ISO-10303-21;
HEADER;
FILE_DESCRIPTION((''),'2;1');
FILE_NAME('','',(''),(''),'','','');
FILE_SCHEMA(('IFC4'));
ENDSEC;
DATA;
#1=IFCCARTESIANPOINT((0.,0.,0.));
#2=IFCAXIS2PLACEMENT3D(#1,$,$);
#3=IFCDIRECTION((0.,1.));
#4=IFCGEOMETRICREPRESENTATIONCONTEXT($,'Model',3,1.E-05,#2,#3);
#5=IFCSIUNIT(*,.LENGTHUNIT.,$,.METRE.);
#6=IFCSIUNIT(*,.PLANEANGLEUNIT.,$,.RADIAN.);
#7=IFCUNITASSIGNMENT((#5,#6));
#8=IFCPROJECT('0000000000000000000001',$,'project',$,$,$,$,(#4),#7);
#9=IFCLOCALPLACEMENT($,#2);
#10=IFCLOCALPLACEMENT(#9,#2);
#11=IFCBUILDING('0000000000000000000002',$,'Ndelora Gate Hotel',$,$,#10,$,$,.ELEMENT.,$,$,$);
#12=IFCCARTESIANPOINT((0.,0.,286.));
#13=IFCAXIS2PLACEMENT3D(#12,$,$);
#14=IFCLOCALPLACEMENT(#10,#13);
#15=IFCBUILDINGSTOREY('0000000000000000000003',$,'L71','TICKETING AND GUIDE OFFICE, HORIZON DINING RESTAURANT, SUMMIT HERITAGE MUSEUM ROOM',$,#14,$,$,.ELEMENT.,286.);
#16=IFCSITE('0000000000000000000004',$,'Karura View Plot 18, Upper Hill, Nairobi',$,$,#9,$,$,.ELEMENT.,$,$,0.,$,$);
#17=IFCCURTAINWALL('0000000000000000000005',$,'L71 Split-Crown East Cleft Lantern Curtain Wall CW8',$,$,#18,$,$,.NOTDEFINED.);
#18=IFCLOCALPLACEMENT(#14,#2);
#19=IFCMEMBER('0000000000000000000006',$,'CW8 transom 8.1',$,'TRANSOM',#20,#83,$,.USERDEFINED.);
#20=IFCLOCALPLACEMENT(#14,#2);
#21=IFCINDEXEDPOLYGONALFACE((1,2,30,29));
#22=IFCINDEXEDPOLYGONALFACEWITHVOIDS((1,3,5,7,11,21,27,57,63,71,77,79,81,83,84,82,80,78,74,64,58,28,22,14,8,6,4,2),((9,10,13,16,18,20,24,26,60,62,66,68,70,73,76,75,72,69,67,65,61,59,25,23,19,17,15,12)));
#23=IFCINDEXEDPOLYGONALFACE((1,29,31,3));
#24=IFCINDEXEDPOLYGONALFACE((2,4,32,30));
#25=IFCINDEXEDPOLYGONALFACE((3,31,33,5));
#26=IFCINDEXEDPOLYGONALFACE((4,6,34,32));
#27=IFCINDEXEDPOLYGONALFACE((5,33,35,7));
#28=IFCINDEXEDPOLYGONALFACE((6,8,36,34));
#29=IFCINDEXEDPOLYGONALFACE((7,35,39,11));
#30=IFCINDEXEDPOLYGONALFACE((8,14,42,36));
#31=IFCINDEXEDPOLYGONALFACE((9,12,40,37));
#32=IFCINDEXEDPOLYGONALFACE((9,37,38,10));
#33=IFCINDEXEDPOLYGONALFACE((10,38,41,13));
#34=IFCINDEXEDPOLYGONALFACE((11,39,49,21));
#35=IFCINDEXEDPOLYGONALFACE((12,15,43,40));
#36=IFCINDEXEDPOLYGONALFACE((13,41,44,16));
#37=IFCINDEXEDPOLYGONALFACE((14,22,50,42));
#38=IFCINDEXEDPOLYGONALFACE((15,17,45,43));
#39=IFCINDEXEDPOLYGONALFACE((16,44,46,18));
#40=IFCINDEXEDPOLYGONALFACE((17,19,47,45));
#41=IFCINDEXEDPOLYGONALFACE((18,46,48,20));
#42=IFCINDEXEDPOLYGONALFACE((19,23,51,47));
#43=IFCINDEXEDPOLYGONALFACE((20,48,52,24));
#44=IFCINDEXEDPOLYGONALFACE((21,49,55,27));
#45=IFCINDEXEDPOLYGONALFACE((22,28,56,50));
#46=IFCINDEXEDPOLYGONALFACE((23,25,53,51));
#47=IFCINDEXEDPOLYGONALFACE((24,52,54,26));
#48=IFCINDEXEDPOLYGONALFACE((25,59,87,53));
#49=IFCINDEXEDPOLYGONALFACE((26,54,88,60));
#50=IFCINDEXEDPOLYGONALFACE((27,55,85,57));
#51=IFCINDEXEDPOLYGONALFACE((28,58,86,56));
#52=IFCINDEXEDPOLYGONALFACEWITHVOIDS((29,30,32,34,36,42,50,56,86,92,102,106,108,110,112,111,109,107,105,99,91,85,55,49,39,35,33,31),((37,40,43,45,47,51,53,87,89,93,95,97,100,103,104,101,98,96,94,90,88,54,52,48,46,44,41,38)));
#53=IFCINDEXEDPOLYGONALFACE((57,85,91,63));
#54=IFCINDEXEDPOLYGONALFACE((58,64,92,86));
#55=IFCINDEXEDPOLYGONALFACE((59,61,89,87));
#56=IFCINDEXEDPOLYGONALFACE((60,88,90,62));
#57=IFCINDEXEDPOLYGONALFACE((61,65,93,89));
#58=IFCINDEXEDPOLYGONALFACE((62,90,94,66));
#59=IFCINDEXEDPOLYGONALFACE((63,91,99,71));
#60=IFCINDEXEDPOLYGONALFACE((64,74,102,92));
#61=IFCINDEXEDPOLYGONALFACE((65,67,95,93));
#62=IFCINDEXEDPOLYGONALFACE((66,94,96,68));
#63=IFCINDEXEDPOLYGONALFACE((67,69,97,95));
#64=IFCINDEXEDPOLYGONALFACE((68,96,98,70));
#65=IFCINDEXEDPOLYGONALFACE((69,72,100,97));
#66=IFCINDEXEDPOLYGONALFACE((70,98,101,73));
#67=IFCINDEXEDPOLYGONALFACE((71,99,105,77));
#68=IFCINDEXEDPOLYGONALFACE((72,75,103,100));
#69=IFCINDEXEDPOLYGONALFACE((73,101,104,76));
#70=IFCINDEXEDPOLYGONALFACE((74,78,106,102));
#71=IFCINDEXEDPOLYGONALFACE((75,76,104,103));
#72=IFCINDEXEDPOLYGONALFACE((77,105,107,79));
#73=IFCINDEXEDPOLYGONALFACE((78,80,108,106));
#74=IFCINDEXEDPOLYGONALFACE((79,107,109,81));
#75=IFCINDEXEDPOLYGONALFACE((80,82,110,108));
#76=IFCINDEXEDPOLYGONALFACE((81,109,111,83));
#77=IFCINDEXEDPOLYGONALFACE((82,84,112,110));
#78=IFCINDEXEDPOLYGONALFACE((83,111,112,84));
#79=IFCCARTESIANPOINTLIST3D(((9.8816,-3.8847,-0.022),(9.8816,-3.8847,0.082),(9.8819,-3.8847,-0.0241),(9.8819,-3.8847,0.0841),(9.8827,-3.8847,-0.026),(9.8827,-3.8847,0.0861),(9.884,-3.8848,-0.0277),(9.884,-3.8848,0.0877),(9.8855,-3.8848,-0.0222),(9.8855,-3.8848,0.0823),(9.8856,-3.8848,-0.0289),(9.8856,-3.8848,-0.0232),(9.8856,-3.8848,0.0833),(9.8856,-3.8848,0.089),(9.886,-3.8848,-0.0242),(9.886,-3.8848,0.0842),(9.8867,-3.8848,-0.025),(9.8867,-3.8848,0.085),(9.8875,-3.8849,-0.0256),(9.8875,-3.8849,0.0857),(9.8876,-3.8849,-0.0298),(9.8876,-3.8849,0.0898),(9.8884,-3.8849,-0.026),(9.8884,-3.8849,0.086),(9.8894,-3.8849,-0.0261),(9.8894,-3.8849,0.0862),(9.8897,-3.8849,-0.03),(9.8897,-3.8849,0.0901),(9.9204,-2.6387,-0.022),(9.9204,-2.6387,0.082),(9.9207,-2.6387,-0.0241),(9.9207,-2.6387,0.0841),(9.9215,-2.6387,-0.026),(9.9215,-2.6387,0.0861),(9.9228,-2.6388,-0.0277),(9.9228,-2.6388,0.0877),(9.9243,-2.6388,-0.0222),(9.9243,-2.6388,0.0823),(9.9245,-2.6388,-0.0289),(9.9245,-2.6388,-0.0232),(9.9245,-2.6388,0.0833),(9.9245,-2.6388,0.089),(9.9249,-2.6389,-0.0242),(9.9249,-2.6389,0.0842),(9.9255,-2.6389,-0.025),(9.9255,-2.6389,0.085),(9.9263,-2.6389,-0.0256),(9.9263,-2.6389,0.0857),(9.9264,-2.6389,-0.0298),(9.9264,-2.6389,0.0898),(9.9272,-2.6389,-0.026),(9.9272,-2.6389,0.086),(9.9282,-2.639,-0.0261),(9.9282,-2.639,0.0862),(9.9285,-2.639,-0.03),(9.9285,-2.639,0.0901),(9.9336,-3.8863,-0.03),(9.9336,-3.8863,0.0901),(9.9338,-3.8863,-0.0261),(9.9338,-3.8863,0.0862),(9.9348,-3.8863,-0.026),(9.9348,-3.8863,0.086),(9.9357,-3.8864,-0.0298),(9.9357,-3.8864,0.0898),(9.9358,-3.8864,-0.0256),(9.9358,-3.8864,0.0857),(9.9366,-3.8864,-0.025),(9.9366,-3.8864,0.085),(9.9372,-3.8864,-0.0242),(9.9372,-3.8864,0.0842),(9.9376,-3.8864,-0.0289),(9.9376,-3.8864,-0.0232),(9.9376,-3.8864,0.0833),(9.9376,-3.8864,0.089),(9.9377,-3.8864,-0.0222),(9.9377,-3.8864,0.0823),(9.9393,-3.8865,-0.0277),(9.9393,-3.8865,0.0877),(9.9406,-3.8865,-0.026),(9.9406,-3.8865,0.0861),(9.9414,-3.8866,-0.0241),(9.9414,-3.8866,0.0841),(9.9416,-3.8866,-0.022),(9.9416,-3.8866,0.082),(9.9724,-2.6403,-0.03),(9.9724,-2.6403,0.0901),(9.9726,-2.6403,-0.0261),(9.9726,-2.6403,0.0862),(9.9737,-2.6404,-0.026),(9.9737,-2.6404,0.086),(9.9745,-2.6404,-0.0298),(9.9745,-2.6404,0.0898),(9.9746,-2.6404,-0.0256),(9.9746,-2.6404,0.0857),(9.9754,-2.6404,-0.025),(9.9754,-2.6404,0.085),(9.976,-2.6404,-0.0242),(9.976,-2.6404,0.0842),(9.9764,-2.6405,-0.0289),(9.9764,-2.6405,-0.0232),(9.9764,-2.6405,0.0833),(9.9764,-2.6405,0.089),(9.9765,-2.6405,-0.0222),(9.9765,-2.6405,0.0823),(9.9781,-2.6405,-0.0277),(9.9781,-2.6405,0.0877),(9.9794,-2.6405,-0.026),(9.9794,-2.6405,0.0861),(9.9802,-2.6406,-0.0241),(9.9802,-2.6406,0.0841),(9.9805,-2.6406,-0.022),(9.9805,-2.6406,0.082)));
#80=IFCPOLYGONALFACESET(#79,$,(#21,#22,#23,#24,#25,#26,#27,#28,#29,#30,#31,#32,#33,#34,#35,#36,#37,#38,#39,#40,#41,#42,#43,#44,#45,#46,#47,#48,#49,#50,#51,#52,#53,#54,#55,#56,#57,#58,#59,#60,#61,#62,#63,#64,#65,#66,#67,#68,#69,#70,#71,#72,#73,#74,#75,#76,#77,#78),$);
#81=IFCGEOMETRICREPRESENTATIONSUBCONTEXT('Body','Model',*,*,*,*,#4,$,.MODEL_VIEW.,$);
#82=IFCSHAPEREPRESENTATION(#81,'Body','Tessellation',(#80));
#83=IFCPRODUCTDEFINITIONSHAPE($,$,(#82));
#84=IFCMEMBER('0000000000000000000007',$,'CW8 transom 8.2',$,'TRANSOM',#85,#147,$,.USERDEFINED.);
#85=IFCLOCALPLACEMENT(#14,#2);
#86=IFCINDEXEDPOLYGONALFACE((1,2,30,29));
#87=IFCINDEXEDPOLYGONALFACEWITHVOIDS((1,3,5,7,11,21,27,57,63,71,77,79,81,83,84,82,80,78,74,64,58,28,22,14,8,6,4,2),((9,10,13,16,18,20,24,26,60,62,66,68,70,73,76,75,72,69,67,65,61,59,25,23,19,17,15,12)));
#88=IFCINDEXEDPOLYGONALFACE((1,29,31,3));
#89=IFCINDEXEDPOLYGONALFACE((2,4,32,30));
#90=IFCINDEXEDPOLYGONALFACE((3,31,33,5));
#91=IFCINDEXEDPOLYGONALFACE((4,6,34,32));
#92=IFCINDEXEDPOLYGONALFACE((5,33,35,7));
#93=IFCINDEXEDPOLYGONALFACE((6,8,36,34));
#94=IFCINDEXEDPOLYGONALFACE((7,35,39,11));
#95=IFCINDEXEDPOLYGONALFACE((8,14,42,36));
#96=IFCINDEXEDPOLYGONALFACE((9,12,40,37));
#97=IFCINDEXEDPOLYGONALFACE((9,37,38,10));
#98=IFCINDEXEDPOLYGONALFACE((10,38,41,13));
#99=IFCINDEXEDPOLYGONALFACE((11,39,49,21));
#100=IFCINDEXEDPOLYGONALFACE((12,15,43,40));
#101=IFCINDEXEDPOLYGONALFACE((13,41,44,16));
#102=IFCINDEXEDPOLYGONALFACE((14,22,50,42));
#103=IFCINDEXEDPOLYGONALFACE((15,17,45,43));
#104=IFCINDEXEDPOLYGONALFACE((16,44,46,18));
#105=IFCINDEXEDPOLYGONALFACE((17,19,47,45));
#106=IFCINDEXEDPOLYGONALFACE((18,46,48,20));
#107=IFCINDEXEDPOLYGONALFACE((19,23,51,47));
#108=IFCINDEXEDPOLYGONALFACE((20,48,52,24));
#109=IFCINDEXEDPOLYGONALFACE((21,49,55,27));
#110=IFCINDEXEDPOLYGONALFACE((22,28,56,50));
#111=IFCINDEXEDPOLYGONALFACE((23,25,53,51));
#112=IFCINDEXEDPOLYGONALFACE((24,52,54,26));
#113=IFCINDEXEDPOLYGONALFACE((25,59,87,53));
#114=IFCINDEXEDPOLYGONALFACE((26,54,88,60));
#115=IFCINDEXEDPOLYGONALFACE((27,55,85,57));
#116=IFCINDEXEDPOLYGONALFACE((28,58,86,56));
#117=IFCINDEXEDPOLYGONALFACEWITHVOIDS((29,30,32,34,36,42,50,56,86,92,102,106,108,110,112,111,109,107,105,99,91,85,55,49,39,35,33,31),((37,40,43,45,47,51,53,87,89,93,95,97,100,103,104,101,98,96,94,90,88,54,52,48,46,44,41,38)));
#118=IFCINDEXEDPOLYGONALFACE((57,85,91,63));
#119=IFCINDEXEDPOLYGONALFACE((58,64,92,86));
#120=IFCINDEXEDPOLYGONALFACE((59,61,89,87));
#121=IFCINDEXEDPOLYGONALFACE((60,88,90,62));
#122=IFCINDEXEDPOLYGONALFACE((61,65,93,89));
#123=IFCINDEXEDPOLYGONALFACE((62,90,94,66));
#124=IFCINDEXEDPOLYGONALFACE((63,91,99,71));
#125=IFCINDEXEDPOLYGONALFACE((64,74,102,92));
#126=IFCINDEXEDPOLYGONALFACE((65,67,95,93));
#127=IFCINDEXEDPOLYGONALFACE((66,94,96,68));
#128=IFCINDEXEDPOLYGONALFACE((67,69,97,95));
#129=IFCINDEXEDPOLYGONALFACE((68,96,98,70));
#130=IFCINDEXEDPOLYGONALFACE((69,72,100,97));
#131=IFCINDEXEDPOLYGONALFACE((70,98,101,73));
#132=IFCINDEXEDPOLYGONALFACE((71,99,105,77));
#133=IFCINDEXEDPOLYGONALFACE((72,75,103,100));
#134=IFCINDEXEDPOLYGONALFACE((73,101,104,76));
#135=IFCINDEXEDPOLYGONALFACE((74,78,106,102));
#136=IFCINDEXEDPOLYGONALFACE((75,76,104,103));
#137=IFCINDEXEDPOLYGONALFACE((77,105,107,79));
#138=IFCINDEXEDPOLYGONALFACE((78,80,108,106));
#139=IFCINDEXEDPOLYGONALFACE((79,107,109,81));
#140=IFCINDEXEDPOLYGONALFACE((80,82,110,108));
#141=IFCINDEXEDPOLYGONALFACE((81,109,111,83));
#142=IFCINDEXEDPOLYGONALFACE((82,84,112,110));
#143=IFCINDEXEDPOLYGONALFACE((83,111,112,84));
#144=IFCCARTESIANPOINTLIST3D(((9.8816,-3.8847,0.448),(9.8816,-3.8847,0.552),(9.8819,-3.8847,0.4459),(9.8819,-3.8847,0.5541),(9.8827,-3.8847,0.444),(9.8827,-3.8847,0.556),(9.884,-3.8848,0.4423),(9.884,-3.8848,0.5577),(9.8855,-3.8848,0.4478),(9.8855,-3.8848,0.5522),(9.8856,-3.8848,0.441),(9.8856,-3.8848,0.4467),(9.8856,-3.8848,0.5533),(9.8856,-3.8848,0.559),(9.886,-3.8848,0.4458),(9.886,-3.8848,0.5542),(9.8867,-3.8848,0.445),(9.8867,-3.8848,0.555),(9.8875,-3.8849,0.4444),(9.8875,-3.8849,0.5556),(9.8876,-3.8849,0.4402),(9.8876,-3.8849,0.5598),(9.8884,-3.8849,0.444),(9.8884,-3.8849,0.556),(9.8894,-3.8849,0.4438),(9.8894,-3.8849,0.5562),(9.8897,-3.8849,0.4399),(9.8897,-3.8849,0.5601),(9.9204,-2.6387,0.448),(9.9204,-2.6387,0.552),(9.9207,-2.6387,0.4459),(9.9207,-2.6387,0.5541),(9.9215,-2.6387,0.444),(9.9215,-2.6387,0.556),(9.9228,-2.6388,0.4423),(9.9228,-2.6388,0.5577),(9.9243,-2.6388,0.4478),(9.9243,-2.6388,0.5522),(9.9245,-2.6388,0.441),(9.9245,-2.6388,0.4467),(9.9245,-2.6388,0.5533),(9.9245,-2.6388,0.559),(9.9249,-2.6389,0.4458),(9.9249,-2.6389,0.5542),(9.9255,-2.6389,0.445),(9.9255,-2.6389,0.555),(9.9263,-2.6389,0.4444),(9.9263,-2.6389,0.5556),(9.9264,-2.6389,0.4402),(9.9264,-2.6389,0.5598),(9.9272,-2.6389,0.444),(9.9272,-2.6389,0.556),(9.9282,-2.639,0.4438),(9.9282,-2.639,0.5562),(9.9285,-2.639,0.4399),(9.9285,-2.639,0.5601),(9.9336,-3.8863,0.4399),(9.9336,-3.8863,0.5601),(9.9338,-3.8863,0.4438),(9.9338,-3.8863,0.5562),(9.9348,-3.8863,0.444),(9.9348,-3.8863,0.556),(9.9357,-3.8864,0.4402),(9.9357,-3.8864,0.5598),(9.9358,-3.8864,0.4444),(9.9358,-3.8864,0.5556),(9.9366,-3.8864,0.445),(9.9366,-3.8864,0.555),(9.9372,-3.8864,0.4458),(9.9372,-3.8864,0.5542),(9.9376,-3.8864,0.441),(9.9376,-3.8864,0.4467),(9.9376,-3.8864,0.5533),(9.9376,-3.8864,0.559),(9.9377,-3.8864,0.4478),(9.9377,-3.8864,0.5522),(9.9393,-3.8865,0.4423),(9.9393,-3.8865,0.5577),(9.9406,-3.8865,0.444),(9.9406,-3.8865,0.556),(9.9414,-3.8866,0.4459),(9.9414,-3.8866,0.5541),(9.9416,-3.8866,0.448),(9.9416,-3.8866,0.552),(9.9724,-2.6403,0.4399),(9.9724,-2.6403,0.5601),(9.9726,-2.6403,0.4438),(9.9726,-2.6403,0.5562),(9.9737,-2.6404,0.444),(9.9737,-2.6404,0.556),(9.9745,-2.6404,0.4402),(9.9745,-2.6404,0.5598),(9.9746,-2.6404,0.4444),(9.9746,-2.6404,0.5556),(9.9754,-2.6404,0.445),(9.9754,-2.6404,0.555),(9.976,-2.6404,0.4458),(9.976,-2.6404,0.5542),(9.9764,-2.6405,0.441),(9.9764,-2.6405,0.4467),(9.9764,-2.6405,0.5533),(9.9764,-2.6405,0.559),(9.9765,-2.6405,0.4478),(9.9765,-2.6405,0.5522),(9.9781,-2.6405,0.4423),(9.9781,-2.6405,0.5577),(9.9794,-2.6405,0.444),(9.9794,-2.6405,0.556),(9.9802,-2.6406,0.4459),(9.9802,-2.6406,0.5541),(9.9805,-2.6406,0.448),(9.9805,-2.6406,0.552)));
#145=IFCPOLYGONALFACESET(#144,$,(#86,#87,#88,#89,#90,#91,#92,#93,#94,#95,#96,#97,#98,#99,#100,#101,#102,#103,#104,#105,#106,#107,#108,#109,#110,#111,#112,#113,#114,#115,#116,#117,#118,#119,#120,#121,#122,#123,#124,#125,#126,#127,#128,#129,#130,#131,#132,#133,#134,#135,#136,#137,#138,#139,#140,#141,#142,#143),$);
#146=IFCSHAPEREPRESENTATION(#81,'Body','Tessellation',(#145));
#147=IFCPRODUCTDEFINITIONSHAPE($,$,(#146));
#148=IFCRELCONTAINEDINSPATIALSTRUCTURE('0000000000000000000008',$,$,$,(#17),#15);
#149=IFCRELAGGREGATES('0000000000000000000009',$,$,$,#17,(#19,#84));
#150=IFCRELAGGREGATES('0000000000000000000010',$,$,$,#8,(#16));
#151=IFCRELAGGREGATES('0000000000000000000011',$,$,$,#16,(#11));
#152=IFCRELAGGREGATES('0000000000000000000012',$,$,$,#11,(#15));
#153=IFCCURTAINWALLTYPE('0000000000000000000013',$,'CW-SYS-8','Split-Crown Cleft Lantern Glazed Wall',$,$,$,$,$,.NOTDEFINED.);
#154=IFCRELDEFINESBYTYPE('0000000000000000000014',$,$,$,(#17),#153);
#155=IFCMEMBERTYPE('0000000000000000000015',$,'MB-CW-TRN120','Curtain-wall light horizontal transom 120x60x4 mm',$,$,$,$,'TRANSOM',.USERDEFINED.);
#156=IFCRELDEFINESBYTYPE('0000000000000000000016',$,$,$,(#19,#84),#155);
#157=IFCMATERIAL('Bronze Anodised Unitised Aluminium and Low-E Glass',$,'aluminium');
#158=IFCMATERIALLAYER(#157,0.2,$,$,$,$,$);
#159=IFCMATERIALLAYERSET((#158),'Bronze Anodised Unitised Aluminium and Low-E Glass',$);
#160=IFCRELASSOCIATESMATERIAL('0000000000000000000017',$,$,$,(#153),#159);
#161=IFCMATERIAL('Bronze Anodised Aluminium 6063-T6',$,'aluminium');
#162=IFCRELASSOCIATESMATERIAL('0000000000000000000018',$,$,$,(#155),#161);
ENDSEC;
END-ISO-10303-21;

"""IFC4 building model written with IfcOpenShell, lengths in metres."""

from ifc_helpers import new_model, si_unit, direction, frame, origin, origin_2d, place, context, subcontext, project, spatial, hollow_rectangle, extrude, material, layer, layer_set, material_profile, profile_set, type_object, element, aggregate, save


model = new_model("IFC4")

# Units and contexts
model_context = context("Model", 3, precision=1e-05, world=origin(), true_north=direction((0.0, 1.0)))
body_context = subcontext(model_context, "Body", "Model", "MODEL_VIEW")
ifc_project = project(units=[si_unit("LENGTHUNIT", "METRE"), si_unit("PLANEANGLEUNIT", "RADIAN")], contexts=[model_context])

# Site, building, storey
site_placement = place(None, origin())
site = spatial("IfcSite", under=ifc_project, at=site_placement, Name="Karura View Plot 18, Upper Hill, Nairobi", CompositionType="ELEMENT", RefElevation=0.0)
building_placement = place(site_placement, origin())
building = spatial("IfcBuilding", under=site, at=building_placement, Name="Ndelora Gate Hotel", CompositionType="ELEMENT")
storey_placement = place(building_placement, frame((0.0, 0.0, 286.0)))
storey = spatial("IfcBuildingStorey", under=building, at=storey_placement, Name="L71", Description="TICKETING AND GUIDE OFFICE, HORIZON DINING RESTAURANT, SUMMIT HERITAGE MUSEUM ROOM", CompositionType="ELEMENT", Elevation=286.0)

# Shared definitions
ifc_material_1 = material(Name="Bronze Anodised Unitised Aluminium and Low-E Glass", Category="aluminium")
ifc_layer_1 = layer(ifc_material_1, 0.2)
ifc_layer_set_1 = layer_set([ifc_layer_1], Name="Bronze Anodised Unitised Aluminium and Low-E Glass")
curtain_wall_type = type_object("IfcCurtainWallType", Name="CW-SYS-8", Description="Split-Crown Cleft Lantern Glazed Wall", PredefinedType="NOTDEFINED", material=ifc_layer_set_1)
ifc_material_2 = material(Name="Bronze Anodised Aluminium 6063-T6", Category="aluminium")

# Curtain wall, members
curtain_wall_1_placement = place(storey_placement, origin())
curtain_wall_1 = element("IfcCurtainWall", 1, at=curtain_wall_1_placement, inside=storey, type_object=curtain_wall_type, Name="L71 Split-Crown East Cleft Lantern Curtain Wall CW8", PredefinedType="NOTDEFINED")
ifc_material_profile_1 = material_profile(ifc_material_2, hollow_rectangle(XDim=0.0601, YDim=0.1201, WallThickness=0.0039, InnerFilletRadius=0.0039, OuterFilletRadius=0.0081, at=origin_2d()), Name="ALU 120x60x4")
ifc_profile_set_1 = profile_set([ifc_material_profile_1], Name="Bronze Anodised Aluminium 6063-T6")
member_type_1 = type_object("IfcMemberType", Name="MB-CW-TRN120", Description="Curtain-wall light horizontal transom 120x60x4 mm", ElementType="TRANSOM", PredefinedType="USERDEFINED", material=ifc_profile_set_1)
member_1_placement = place(storey_placement, frame((9.9504, -2.6396, 0.03), z_axis=(-0.031137, -0.999515, 0.0), x_axis=(0.999515, -0.031137, 0.0)))
member_1 = element("IfcMember", 2, at=member_1_placement, type_object=member_type_1, Name="CW8 transom 8.1", ObjectType="TRANSOM", PredefinedType="USERDEFINED", context=body_context, shape_type="SweptSolid", body=[
    extrude(hollow_rectangle(XDim=0.0601, YDim=0.1201, WallThickness=0.0039, InnerFilletRadius=0.0039, OuterFilletRadius=0.0081, at=origin_2d()), origin(), (0.0, 0.0, 1.0), 1.2466),
])
member_2_placement = place(storey_placement, frame((9.9504, -2.6396, 0.5), z_axis=(-0.031137, -0.999515, 0.0), x_axis=(0.999515, -0.031137, 0.0)))
member_2 = element("IfcMember", 3, at=member_2_placement, type_object=member_type_1, Name="CW8 transom 8.2", ObjectType="TRANSOM", PredefinedType="USERDEFINED", context=body_context, shape_type="SweptSolid", body=[
    extrude(hollow_rectangle(XDim=0.0601, YDim=0.1201, WallThickness=0.0039, InnerFilletRadius=0.0039, OuterFilletRadius=0.0081, at=origin_2d()), origin(), (0.0, 0.0, 1.0), 1.2466),
])

aggregate(curtain_wall_1, [member_1, member_2])

save(model, "model.ifc")
